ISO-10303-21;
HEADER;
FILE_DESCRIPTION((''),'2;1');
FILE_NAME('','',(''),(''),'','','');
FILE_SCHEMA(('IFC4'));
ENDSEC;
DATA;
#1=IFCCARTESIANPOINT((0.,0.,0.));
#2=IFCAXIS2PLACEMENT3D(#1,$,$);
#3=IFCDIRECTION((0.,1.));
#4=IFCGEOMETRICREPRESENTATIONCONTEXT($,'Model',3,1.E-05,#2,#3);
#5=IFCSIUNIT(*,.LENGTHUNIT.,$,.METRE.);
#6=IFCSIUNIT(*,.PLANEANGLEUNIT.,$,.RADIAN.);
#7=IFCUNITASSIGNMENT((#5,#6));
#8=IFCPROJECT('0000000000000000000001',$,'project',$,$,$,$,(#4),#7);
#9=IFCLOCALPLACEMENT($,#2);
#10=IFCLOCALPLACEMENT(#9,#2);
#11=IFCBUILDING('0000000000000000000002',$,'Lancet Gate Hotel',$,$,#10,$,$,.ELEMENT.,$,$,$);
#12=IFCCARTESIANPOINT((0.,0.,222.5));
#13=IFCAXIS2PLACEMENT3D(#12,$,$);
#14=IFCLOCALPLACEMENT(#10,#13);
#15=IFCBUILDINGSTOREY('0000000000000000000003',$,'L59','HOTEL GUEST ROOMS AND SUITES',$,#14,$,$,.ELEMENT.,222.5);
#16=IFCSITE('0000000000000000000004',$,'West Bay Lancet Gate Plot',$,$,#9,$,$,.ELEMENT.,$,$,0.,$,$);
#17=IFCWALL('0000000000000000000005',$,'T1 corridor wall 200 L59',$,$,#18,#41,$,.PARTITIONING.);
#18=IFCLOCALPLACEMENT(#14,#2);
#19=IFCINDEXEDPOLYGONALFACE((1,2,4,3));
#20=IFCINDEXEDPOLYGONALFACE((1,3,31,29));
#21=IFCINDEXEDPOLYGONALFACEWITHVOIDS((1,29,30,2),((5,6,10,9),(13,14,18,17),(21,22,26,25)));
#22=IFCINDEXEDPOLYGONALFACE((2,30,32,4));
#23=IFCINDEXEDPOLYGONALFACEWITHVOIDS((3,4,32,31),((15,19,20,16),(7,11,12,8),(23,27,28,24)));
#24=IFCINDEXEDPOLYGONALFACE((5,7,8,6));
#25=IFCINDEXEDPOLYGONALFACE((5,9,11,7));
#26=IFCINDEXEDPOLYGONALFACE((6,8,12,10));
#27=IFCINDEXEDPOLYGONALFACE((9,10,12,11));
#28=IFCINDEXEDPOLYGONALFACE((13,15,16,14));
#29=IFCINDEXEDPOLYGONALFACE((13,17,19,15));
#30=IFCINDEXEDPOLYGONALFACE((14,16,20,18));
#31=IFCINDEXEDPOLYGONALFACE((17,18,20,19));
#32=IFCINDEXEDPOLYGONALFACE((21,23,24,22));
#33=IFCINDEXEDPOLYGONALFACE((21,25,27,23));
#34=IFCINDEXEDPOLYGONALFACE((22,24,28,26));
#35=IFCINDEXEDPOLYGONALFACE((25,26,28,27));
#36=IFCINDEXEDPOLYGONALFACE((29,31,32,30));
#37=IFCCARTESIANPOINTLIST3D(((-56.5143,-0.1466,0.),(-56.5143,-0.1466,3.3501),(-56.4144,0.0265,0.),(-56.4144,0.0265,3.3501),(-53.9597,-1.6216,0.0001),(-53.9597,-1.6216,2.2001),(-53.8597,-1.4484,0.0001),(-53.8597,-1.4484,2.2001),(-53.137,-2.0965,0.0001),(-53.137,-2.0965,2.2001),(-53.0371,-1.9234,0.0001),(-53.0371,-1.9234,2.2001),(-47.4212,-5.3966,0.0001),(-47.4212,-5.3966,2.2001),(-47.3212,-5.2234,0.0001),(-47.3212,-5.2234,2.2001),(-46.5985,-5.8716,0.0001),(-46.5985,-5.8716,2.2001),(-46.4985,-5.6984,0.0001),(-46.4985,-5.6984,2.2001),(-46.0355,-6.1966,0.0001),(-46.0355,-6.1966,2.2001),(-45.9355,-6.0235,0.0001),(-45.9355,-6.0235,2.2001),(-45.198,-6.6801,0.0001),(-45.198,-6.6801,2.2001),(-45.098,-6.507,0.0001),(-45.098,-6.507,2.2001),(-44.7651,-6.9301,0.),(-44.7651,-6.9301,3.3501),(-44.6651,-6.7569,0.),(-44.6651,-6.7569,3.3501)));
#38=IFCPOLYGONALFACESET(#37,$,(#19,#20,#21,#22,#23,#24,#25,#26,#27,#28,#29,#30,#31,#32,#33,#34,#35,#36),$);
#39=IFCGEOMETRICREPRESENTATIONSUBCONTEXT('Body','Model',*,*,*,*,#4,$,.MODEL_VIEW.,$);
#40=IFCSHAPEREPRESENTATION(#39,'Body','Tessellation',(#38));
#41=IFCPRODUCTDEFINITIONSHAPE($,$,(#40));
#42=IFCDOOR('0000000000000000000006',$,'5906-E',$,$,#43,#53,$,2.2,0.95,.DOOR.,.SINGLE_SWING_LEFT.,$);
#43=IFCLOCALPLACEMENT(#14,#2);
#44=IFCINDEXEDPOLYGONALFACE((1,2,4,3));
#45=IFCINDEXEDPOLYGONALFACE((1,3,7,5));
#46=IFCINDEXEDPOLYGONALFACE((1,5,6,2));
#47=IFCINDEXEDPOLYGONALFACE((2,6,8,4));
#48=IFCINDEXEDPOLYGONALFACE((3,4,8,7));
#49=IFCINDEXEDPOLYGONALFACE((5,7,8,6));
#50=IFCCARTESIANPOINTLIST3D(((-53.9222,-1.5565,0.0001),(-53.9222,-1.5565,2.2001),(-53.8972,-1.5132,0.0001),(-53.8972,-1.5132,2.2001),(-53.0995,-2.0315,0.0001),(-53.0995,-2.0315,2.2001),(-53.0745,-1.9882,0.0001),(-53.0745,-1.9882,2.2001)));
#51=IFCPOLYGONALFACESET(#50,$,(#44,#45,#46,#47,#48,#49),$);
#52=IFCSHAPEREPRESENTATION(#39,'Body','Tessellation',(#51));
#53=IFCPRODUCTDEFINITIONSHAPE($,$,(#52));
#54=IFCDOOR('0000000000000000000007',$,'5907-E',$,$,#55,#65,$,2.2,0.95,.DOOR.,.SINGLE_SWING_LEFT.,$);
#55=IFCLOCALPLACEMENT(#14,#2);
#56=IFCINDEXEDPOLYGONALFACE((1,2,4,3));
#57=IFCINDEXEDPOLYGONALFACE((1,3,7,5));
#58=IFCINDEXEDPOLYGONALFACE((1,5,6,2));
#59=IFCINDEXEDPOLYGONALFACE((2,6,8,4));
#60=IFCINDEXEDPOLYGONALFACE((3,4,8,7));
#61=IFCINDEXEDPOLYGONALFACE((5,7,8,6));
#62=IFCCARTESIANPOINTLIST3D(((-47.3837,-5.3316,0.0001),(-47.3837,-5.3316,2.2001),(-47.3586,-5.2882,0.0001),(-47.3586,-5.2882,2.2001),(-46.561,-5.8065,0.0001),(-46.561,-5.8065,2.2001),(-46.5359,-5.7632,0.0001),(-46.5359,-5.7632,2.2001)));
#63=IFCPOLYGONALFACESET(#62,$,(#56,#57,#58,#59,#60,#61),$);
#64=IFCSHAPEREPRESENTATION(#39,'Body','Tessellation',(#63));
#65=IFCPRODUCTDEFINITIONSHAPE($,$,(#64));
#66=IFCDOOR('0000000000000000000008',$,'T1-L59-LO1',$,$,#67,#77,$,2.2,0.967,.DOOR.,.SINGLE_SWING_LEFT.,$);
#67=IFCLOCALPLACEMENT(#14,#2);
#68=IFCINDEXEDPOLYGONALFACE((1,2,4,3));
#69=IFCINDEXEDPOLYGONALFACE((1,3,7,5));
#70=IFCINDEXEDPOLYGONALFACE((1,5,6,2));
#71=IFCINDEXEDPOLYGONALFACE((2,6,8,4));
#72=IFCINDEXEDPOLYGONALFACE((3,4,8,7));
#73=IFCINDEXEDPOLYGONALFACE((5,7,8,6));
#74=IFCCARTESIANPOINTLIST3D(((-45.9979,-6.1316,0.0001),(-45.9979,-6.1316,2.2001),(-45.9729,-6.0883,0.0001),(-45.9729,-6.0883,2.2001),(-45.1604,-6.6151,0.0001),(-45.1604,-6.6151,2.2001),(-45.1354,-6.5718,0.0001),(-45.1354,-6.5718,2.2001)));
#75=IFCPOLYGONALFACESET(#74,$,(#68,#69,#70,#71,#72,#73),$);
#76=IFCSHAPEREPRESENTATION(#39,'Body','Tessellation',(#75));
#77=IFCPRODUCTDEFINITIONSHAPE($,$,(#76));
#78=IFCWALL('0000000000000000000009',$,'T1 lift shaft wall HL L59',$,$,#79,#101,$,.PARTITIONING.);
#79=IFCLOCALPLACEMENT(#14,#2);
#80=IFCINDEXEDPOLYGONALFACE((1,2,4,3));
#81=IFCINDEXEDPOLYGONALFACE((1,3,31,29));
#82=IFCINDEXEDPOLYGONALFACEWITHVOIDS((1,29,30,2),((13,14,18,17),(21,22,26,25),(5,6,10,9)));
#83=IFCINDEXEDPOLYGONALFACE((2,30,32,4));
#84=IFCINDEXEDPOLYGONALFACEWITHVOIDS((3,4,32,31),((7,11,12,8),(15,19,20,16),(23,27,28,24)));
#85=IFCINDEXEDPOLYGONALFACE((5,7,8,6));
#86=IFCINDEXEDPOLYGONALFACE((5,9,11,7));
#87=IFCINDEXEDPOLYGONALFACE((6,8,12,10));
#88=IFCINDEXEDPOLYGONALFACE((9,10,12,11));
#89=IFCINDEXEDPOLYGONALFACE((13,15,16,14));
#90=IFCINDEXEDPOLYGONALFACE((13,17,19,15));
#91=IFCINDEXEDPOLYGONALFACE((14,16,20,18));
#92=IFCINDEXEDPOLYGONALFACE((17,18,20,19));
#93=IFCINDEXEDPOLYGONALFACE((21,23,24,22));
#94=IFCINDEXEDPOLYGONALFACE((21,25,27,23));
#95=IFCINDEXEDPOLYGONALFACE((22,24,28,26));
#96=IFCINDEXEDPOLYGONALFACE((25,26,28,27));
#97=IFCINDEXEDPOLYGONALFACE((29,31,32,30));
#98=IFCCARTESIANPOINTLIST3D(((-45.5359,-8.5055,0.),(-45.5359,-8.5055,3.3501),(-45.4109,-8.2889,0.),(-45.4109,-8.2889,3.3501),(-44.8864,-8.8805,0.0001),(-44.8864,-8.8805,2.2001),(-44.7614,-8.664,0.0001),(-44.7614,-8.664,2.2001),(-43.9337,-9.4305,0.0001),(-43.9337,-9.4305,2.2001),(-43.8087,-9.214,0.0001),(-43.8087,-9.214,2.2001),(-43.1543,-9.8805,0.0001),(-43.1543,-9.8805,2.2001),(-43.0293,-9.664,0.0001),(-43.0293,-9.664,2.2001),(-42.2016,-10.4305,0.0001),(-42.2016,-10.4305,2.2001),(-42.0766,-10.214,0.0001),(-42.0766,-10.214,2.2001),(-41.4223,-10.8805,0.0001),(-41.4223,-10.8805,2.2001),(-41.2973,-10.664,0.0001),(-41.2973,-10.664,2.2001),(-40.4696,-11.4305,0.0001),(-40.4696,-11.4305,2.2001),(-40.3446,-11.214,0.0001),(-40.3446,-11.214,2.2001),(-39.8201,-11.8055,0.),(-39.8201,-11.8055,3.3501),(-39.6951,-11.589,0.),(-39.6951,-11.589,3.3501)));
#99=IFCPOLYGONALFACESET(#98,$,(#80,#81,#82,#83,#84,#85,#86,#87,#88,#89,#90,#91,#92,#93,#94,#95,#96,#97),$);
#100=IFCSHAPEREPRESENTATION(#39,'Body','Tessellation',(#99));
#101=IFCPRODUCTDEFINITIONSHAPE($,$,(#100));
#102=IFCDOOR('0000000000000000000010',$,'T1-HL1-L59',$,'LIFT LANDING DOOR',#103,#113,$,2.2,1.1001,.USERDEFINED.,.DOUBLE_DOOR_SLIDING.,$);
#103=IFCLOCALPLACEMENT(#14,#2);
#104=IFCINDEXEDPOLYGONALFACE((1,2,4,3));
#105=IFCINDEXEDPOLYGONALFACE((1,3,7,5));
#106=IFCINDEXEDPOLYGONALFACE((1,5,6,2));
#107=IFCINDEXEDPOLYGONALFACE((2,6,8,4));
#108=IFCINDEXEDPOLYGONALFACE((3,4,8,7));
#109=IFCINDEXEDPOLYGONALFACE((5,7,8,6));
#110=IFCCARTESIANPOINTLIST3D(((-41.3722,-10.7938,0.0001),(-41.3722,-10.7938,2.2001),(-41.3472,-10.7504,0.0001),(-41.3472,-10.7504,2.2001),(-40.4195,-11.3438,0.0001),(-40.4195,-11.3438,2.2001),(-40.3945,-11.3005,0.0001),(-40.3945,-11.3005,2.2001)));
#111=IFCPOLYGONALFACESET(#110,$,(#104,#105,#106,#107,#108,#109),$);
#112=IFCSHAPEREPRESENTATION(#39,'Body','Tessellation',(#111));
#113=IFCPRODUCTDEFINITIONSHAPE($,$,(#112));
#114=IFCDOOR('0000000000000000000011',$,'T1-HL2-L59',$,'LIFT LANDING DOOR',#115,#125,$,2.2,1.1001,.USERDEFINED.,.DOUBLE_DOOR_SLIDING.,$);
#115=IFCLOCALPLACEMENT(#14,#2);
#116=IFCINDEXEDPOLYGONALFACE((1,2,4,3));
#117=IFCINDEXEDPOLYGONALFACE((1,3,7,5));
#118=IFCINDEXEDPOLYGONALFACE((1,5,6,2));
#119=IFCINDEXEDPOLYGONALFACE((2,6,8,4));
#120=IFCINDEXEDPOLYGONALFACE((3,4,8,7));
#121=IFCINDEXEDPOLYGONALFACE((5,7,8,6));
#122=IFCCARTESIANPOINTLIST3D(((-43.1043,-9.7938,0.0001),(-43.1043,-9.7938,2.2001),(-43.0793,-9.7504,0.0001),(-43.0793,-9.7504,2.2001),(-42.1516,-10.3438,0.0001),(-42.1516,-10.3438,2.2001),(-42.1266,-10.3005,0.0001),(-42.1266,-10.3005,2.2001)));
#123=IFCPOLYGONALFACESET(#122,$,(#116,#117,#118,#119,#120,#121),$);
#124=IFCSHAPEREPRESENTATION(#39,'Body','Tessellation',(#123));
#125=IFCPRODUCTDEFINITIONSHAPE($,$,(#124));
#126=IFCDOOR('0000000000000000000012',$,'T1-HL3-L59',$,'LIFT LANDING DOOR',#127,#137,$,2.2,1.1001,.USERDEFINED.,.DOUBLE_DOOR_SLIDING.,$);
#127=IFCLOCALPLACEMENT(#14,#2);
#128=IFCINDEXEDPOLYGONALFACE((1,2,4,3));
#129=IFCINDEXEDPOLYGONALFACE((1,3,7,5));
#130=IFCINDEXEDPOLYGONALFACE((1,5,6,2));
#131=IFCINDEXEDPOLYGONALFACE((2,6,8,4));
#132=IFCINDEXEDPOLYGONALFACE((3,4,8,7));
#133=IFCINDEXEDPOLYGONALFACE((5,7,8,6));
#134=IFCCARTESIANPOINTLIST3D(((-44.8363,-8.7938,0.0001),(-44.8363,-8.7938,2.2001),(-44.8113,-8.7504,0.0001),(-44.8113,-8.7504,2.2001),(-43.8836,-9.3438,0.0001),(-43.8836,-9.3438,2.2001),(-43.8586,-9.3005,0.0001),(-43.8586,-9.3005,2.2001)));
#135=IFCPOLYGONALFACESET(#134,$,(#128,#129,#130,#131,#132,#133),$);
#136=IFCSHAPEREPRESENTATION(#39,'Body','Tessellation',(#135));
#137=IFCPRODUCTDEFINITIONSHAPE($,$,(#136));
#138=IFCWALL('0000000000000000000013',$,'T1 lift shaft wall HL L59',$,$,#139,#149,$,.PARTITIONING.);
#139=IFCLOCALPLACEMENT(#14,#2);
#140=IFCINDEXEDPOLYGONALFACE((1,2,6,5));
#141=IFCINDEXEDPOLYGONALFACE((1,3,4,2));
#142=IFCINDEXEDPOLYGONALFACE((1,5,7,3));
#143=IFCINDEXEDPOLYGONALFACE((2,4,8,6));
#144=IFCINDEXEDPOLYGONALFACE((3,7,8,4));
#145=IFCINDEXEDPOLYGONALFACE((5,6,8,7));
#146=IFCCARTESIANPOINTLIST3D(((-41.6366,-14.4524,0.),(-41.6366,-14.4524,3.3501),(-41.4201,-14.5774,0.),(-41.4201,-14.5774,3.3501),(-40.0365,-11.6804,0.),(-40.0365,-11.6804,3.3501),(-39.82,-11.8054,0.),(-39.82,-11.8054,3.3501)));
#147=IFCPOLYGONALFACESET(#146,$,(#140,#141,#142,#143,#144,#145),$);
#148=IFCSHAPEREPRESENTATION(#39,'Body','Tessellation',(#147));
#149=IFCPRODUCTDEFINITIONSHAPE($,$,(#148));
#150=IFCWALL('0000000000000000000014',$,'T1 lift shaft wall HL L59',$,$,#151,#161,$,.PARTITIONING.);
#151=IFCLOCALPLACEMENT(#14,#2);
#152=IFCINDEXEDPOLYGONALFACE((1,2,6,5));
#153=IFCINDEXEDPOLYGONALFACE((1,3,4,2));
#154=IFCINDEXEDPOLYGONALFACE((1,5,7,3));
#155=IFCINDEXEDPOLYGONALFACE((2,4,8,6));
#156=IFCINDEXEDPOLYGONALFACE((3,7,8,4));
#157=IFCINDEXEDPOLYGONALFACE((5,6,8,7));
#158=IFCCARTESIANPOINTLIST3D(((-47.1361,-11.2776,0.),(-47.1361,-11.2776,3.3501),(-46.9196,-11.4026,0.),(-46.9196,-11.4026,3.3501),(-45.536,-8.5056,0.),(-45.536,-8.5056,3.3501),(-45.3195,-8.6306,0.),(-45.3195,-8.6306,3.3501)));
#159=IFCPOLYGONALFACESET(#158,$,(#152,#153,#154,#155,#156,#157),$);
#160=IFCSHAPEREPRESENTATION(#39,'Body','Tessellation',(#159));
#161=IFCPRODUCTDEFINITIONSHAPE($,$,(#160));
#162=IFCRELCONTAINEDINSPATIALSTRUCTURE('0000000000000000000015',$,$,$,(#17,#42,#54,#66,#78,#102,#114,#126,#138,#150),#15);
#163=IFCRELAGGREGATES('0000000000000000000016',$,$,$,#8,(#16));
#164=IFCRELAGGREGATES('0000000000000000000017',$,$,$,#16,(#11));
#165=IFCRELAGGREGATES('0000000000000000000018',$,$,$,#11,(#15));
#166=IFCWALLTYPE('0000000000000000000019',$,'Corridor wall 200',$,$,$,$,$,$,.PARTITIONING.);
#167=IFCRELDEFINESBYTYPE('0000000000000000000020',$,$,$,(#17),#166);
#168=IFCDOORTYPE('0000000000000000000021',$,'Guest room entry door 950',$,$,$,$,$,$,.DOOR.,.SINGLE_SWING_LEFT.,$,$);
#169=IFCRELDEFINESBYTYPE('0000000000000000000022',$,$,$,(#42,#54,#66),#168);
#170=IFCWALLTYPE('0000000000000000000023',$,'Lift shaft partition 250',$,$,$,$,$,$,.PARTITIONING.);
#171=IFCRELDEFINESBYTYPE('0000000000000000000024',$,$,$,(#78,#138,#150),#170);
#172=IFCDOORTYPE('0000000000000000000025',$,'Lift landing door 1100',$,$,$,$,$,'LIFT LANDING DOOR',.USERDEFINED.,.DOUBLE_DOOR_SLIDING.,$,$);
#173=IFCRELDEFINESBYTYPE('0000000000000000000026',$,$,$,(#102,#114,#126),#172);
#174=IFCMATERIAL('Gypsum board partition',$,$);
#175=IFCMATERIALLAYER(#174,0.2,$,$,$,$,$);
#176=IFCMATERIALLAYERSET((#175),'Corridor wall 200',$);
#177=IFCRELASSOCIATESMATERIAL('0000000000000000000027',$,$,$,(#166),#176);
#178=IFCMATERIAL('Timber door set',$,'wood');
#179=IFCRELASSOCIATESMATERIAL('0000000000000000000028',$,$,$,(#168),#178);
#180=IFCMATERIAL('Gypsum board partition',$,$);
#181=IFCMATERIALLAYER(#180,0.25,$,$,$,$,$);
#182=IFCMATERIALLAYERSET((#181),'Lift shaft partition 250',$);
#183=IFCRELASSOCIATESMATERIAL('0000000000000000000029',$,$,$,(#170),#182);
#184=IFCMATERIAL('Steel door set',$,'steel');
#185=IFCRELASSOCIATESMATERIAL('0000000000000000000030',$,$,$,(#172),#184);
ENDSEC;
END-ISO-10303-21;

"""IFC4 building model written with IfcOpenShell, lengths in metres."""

from ifc_helpers import new_model, si_unit, direction, frame, frame_2d, origin, place, context, subcontext, project, spatial, rectangle, extrude, material, layer, layer_set, type_object, element, fill, save


model = new_model("IFC4")

# Units and contexts
model_context = context("Model", 3, precision=1e-05, world=origin(), true_north=direction((0.0, 1.0)))
body_context = subcontext(model_context, "Body", "Model", "MODEL_VIEW")
ifc_project = project(units=[si_unit("LENGTHUNIT", "METRE"), si_unit("PLANEANGLEUNIT", "RADIAN")], contexts=[model_context])

# Site, building, storey
site_placement = place(None, origin())
site = spatial("IfcSite", under=ifc_project, at=site_placement, Name="West Bay Lancet Gate Plot", CompositionType="ELEMENT", RefElevation=0.0)
building_placement = place(site_placement, origin())
building = spatial("IfcBuilding", under=site, at=building_placement, Name="Lancet Gate Hotel", CompositionType="ELEMENT")
storey_placement = place(building_placement, frame((0.0, 0.0, 222.5)))
storey = spatial("IfcBuildingStorey", under=building, at=storey_placement, Name="L59", Description="HOTEL GUEST ROOMS AND SUITES", CompositionType="ELEMENT", Elevation=222.5)

# Walls, openings, doors
ifc_material_1 = material(Name="Gypsum board partition")
ifc_layer_1 = layer(ifc_material_1, 0.2)
ifc_layer_set_1 = layer_set([ifc_layer_1], Name="Corridor wall 200")
wall_type_1 = type_object("IfcWallType", Name="Corridor wall 200", PredefinedType="PARTITIONING", material=ifc_layer_set_1)
wall_1_placement = place(storey_placement, frame((-44.7151, -6.8435, 0.0), z_axis=(0.0, 0.0, 1.0), x_axis=(-0.866025, 0.5, 0.0)))
wall_1 = element("IfcWall", 1, at=wall_1_placement, inside=storey, type_object=wall_type_1, Name="T1 corridor wall 200 L59", PredefinedType="PARTITIONING", context=body_context, shape_type="SweptSolid", body=[
    extrude(rectangle(XDim=13.5669, YDim=0.2, at=frame_2d((6.7834, 0.0))), origin(), (0.0, 0.0, 1.0), 3.3501),
])
opening_1_placement = place(wall_1_placement, frame((9.667, 0.0, 0.0)))
opening_1 = element("IfcOpeningElement", 2, at=opening_1_placement, cuts=wall_1, PredefinedType="OPENING", context=body_context, shape_type="SweptSolid", body=[
    extrude(rectangle(XDim=0.95, YDim=2.2, at=frame_2d((0.4751, 1.1001))), frame((0.0, 0.1099, 0.0), z_axis=(0.0, -1.0, 0.0), x_axis=(1.0, 0.0, 0.0)), (0.0, 0.0, 1.0), 0.22),
])
opening_2_placement = place(wall_1_placement, frame((2.1169, 0.0, 0.0)))
opening_2 = element("IfcOpeningElement", 3, at=opening_2_placement, cuts=wall_1, PredefinedType="OPENING", context=body_context, shape_type="SweptSolid", body=[
    extrude(rectangle(XDim=0.95, YDim=2.2, at=frame_2d((0.4751, 1.1001))), frame((0.0, 0.1099, 0.0), z_axis=(0.0, -1.0, 0.0), x_axis=(1.0, 0.0, 0.0)), (0.0, 0.0, 1.0), 0.22),
])
opening_3_placement = place(wall_1_placement, frame((0.5, 0.0, 0.0)))
opening_3 = element("IfcOpeningElement", 4, at=opening_3_placement, cuts=wall_1, PredefinedType="OPENING", context=body_context, shape_type="SweptSolid", body=[
    extrude(rectangle(XDim=0.967, YDim=2.2, at=frame_2d((0.4834, 1.1001))), frame((0.0, 0.1099, 0.0), z_axis=(0.0, -1.0, 0.0), x_axis=(1.0, 0.0, 0.0)), (0.0, 0.0, 1.0), 0.22),
])
ifc_material_2 = material(Name="Timber door set", Category="wood")
door_type_1 = type_object("IfcDoorType", Name="Guest room entry door 950", OperationType="SINGLE_SWING_LEFT", PredefinedType="DOOR", material=ifc_material_2)
door_1_placement = place(opening_1_placement, origin())
door_1 = element("IfcDoor", 5, at=door_1_placement, inside=storey, type_object=door_type_1, Name="5906-E", OperationType="SINGLE_SWING_LEFT", OverallHeight=2.2, OverallWidth=0.95, PredefinedType="DOOR", context=body_context, shape_type="SweptSolid", body=[
    extrude(rectangle(XDim=0.95, YDim=2.2, at=frame_2d((0.4751, 1.1001))), frame((0.0, 0.0249, 0.0), z_axis=(0.0, -1.0, 0.0), x_axis=(1.0, 0.0, 0.0)), (0.0, 0.0, 1.0), 0.05),
])
fill(opening_1, door_1)
door_2_placement = place(opening_2_placement, origin())
door_2 = element("IfcDoor", 6, at=door_2_placement, inside=storey, type_object=door_type_1, Name="5907-E", OperationType="SINGLE_SWING_LEFT", OverallHeight=2.2, OverallWidth=0.95, PredefinedType="DOOR", context=body_context, shape_type="SweptSolid", body=[
    extrude(rectangle(XDim=0.95, YDim=2.2, at=frame_2d((0.4751, 1.1001))), frame((0.0, 0.0249, 0.0), z_axis=(0.0, -1.0, 0.0), x_axis=(1.0, 0.0, 0.0)), (0.0, 0.0, 1.0), 0.05),
])
fill(opening_2, door_2)
door_3_placement = place(opening_3_placement, origin())
door_3 = element("IfcDoor", 7, at=door_3_placement, inside=storey, type_object=door_type_1, Name="T1-L59-LO1", OperationType="SINGLE_SWING_LEFT", OverallHeight=2.2, OverallWidth=0.967, PredefinedType="DOOR", context=body_context, shape_type="SweptSolid", body=[
    extrude(rectangle(XDim=0.967, YDim=2.2, at=frame_2d((0.4834, 1.1001))), frame((0.0, 0.0249, 0.0), z_axis=(0.0, -1.0, 0.0), x_axis=(1.0, 0.0, 0.0)), (0.0, 0.0, 1.0), 0.05),
])
fill(opening_3, door_3)
ifc_material_3 = material(Name="Gypsum board partition")
ifc_layer_2 = layer(ifc_material_3, 0.25)
ifc_layer_set_2 = layer_set([ifc_layer_2], Name="Lift shaft partition 250")
wall_type_2 = type_object("IfcWallType", Name="Lift shaft partition 250", PredefinedType="PARTITIONING", material=ifc_layer_set_2)
wall_2_placement = place(storey_placement, frame((-39.7576, -11.6973, 0.0), z_axis=(0.0, 0.0, 1.0), x_axis=(-0.866024, 0.500002, 0.0)))
wall_2 = element("IfcWall", 8, at=wall_2_placement, inside=storey, type_object=wall_type_2, Name="T1 lift shaft wall HL L59", PredefinedType="PARTITIONING", context=body_context, shape_type="SweptSolid", body=[
    extrude(rectangle(XDim=6.6001, YDim=0.25, at=frame_2d((3.3, 0.0))), origin(), (0.0, 0.0, 1.0), 3.3501),
])
opening_4_placement = place(wall_2_placement, frame((0.75, 0.0, 0.0)))
opening_4 = element("IfcOpeningElement", 9, at=opening_4_placement, cuts=wall_2, PredefinedType="OPENING", context=body_context, shape_type="SweptSolid", body=[
    extrude(rectangle(XDim=1.1001, YDim=2.2, at=frame_2d((0.55, 1.1001))), frame((0.0, 0.135, 0.0), z_axis=(0.0, -1.0, 0.0), x_axis=(1.0, 0.0, 0.0)), (0.0, 0.0, 1.0), 0.27),
])
opening_5_placement = place(wall_2_placement, frame((2.75, 0.0, 0.0)))
opening_5 = element("IfcOpeningElement", 10, at=opening_5_placement, cuts=wall_2, PredefinedType="OPENING", context=body_context, shape_type="SweptSolid", body=[
    extrude(rectangle(XDim=1.1001, YDim=2.2, at=frame_2d((0.55, 1.1001))), frame((0.0, 0.135, 0.0), z_axis=(0.0, -1.0, 0.0), x_axis=(1.0, 0.0, 0.0)), (0.0, 0.0, 1.0), 0.27),
])
opening_6_placement = place(wall_2_placement, frame((4.75, 0.0, 0.0)))
opening_6 = element("IfcOpeningElement", 11, at=opening_6_placement, cuts=wall_2, PredefinedType="OPENING", context=body_context, shape_type="SweptSolid", body=[
    extrude(rectangle(XDim=1.1001, YDim=2.2, at=frame_2d((0.55, 1.1001))), frame((0.0, 0.135, 0.0), z_axis=(0.0, -1.0, 0.0), x_axis=(1.0, 0.0, 0.0)), (0.0, 0.0, 1.0), 0.27),
])
ifc_material_4 = material(Name="Steel door set", Category="steel")
door_type_2 = type_object("IfcDoorType", Name="Lift landing door 1100", ElementType="LIFT LANDING DOOR", OperationType="DOUBLE_DOOR_SLIDING", PredefinedType="USERDEFINED", material=ifc_material_4)
door_4_placement = place(opening_4_placement, origin())
door_4 = element("IfcDoor", 12, at=door_4_placement, inside=storey, type_object=door_type_2, Name="T1-HL1-L59", ObjectType="LIFT LANDING DOOR", OperationType="DOUBLE_DOOR_SLIDING", OverallHeight=2.2, OverallWidth=1.1001, PredefinedType="USERDEFINED", context=body_context, shape_type="SweptSolid", body=[
    extrude(rectangle(XDim=1.1001, YDim=2.2, at=frame_2d((0.55, 1.1001))), frame((0.0, 0.0249, 0.0), z_axis=(0.0, -1.0, 0.0), x_axis=(1.0, 0.0, 0.0)), (0.0, 0.0, 1.0), 0.05),
])
fill(opening_4, door_4)
door_5_placement = place(opening_5_placement, origin())
door_5 = element("IfcDoor", 13, at=door_5_placement, inside=storey, type_object=door_type_2, Name="T1-HL2-L59", ObjectType="LIFT LANDING DOOR", OperationType="DOUBLE_DOOR_SLIDING", OverallHeight=2.2, OverallWidth=1.1001, PredefinedType="USERDEFINED", context=body_context, shape_type="SweptSolid", body=[
    extrude(rectangle(XDim=1.1001, YDim=2.2, at=frame_2d((0.55, 1.1001))), frame((0.0, 0.0249, 0.0), z_axis=(0.0, -1.0, 0.0), x_axis=(1.0, 0.0, 0.0)), (0.0, 0.0, 1.0), 0.05),
])
fill(opening_5, door_5)
door_6_placement = place(opening_6_placement, origin())
door_6 = element("IfcDoor", 14, at=door_6_placement, inside=storey, type_object=door_type_2, Name="T1-HL3-L59", ObjectType="LIFT LANDING DOOR", OperationType="DOUBLE_DOOR_SLIDING", OverallHeight=2.2, OverallWidth=1.1001, PredefinedType="USERDEFINED", context=body_context, shape_type="SweptSolid", body=[
    extrude(rectangle(XDim=1.1001, YDim=2.2, at=frame_2d((0.55, 1.1001))), frame((0.0, 0.0249, 0.0), z_axis=(0.0, -1.0, 0.0), x_axis=(1.0, 0.0, 0.0)), (0.0, 0.0, 1.0), 0.05),
])
fill(opening_6, door_6)

# Walls
for number, where, z_axis, x_axis, name in (
    (15, (-39.9282, -11.7429, 0.0), (0.0, 0.0, 1.0), (-0.499929, -0.866066, 0.0), "T1 lift shaft wall HL L59"),
    (16, (-45.4277, -8.5681, 0.0), (0.0, 0.0, 1.0), (-0.499929, -0.866066, 0.0), "T1 lift shaft wall HL L59"),
):
    element("IfcWall", number, at=place(storey_placement, frame(where, z_axis=z_axis, x_axis=x_axis)), inside=storey, type_object=wall_type_2, Name=name, PredefinedType="PARTITIONING", context=body_context, shape_type="SweptSolid", body=[
        extrude(rectangle(XDim=3.2007, YDim=0.25, at=frame_2d((1.6003, 0.0))), origin(), (0.0, 0.0, 1.0), 3.3501),
    ])

save(model, "model.ifc")
